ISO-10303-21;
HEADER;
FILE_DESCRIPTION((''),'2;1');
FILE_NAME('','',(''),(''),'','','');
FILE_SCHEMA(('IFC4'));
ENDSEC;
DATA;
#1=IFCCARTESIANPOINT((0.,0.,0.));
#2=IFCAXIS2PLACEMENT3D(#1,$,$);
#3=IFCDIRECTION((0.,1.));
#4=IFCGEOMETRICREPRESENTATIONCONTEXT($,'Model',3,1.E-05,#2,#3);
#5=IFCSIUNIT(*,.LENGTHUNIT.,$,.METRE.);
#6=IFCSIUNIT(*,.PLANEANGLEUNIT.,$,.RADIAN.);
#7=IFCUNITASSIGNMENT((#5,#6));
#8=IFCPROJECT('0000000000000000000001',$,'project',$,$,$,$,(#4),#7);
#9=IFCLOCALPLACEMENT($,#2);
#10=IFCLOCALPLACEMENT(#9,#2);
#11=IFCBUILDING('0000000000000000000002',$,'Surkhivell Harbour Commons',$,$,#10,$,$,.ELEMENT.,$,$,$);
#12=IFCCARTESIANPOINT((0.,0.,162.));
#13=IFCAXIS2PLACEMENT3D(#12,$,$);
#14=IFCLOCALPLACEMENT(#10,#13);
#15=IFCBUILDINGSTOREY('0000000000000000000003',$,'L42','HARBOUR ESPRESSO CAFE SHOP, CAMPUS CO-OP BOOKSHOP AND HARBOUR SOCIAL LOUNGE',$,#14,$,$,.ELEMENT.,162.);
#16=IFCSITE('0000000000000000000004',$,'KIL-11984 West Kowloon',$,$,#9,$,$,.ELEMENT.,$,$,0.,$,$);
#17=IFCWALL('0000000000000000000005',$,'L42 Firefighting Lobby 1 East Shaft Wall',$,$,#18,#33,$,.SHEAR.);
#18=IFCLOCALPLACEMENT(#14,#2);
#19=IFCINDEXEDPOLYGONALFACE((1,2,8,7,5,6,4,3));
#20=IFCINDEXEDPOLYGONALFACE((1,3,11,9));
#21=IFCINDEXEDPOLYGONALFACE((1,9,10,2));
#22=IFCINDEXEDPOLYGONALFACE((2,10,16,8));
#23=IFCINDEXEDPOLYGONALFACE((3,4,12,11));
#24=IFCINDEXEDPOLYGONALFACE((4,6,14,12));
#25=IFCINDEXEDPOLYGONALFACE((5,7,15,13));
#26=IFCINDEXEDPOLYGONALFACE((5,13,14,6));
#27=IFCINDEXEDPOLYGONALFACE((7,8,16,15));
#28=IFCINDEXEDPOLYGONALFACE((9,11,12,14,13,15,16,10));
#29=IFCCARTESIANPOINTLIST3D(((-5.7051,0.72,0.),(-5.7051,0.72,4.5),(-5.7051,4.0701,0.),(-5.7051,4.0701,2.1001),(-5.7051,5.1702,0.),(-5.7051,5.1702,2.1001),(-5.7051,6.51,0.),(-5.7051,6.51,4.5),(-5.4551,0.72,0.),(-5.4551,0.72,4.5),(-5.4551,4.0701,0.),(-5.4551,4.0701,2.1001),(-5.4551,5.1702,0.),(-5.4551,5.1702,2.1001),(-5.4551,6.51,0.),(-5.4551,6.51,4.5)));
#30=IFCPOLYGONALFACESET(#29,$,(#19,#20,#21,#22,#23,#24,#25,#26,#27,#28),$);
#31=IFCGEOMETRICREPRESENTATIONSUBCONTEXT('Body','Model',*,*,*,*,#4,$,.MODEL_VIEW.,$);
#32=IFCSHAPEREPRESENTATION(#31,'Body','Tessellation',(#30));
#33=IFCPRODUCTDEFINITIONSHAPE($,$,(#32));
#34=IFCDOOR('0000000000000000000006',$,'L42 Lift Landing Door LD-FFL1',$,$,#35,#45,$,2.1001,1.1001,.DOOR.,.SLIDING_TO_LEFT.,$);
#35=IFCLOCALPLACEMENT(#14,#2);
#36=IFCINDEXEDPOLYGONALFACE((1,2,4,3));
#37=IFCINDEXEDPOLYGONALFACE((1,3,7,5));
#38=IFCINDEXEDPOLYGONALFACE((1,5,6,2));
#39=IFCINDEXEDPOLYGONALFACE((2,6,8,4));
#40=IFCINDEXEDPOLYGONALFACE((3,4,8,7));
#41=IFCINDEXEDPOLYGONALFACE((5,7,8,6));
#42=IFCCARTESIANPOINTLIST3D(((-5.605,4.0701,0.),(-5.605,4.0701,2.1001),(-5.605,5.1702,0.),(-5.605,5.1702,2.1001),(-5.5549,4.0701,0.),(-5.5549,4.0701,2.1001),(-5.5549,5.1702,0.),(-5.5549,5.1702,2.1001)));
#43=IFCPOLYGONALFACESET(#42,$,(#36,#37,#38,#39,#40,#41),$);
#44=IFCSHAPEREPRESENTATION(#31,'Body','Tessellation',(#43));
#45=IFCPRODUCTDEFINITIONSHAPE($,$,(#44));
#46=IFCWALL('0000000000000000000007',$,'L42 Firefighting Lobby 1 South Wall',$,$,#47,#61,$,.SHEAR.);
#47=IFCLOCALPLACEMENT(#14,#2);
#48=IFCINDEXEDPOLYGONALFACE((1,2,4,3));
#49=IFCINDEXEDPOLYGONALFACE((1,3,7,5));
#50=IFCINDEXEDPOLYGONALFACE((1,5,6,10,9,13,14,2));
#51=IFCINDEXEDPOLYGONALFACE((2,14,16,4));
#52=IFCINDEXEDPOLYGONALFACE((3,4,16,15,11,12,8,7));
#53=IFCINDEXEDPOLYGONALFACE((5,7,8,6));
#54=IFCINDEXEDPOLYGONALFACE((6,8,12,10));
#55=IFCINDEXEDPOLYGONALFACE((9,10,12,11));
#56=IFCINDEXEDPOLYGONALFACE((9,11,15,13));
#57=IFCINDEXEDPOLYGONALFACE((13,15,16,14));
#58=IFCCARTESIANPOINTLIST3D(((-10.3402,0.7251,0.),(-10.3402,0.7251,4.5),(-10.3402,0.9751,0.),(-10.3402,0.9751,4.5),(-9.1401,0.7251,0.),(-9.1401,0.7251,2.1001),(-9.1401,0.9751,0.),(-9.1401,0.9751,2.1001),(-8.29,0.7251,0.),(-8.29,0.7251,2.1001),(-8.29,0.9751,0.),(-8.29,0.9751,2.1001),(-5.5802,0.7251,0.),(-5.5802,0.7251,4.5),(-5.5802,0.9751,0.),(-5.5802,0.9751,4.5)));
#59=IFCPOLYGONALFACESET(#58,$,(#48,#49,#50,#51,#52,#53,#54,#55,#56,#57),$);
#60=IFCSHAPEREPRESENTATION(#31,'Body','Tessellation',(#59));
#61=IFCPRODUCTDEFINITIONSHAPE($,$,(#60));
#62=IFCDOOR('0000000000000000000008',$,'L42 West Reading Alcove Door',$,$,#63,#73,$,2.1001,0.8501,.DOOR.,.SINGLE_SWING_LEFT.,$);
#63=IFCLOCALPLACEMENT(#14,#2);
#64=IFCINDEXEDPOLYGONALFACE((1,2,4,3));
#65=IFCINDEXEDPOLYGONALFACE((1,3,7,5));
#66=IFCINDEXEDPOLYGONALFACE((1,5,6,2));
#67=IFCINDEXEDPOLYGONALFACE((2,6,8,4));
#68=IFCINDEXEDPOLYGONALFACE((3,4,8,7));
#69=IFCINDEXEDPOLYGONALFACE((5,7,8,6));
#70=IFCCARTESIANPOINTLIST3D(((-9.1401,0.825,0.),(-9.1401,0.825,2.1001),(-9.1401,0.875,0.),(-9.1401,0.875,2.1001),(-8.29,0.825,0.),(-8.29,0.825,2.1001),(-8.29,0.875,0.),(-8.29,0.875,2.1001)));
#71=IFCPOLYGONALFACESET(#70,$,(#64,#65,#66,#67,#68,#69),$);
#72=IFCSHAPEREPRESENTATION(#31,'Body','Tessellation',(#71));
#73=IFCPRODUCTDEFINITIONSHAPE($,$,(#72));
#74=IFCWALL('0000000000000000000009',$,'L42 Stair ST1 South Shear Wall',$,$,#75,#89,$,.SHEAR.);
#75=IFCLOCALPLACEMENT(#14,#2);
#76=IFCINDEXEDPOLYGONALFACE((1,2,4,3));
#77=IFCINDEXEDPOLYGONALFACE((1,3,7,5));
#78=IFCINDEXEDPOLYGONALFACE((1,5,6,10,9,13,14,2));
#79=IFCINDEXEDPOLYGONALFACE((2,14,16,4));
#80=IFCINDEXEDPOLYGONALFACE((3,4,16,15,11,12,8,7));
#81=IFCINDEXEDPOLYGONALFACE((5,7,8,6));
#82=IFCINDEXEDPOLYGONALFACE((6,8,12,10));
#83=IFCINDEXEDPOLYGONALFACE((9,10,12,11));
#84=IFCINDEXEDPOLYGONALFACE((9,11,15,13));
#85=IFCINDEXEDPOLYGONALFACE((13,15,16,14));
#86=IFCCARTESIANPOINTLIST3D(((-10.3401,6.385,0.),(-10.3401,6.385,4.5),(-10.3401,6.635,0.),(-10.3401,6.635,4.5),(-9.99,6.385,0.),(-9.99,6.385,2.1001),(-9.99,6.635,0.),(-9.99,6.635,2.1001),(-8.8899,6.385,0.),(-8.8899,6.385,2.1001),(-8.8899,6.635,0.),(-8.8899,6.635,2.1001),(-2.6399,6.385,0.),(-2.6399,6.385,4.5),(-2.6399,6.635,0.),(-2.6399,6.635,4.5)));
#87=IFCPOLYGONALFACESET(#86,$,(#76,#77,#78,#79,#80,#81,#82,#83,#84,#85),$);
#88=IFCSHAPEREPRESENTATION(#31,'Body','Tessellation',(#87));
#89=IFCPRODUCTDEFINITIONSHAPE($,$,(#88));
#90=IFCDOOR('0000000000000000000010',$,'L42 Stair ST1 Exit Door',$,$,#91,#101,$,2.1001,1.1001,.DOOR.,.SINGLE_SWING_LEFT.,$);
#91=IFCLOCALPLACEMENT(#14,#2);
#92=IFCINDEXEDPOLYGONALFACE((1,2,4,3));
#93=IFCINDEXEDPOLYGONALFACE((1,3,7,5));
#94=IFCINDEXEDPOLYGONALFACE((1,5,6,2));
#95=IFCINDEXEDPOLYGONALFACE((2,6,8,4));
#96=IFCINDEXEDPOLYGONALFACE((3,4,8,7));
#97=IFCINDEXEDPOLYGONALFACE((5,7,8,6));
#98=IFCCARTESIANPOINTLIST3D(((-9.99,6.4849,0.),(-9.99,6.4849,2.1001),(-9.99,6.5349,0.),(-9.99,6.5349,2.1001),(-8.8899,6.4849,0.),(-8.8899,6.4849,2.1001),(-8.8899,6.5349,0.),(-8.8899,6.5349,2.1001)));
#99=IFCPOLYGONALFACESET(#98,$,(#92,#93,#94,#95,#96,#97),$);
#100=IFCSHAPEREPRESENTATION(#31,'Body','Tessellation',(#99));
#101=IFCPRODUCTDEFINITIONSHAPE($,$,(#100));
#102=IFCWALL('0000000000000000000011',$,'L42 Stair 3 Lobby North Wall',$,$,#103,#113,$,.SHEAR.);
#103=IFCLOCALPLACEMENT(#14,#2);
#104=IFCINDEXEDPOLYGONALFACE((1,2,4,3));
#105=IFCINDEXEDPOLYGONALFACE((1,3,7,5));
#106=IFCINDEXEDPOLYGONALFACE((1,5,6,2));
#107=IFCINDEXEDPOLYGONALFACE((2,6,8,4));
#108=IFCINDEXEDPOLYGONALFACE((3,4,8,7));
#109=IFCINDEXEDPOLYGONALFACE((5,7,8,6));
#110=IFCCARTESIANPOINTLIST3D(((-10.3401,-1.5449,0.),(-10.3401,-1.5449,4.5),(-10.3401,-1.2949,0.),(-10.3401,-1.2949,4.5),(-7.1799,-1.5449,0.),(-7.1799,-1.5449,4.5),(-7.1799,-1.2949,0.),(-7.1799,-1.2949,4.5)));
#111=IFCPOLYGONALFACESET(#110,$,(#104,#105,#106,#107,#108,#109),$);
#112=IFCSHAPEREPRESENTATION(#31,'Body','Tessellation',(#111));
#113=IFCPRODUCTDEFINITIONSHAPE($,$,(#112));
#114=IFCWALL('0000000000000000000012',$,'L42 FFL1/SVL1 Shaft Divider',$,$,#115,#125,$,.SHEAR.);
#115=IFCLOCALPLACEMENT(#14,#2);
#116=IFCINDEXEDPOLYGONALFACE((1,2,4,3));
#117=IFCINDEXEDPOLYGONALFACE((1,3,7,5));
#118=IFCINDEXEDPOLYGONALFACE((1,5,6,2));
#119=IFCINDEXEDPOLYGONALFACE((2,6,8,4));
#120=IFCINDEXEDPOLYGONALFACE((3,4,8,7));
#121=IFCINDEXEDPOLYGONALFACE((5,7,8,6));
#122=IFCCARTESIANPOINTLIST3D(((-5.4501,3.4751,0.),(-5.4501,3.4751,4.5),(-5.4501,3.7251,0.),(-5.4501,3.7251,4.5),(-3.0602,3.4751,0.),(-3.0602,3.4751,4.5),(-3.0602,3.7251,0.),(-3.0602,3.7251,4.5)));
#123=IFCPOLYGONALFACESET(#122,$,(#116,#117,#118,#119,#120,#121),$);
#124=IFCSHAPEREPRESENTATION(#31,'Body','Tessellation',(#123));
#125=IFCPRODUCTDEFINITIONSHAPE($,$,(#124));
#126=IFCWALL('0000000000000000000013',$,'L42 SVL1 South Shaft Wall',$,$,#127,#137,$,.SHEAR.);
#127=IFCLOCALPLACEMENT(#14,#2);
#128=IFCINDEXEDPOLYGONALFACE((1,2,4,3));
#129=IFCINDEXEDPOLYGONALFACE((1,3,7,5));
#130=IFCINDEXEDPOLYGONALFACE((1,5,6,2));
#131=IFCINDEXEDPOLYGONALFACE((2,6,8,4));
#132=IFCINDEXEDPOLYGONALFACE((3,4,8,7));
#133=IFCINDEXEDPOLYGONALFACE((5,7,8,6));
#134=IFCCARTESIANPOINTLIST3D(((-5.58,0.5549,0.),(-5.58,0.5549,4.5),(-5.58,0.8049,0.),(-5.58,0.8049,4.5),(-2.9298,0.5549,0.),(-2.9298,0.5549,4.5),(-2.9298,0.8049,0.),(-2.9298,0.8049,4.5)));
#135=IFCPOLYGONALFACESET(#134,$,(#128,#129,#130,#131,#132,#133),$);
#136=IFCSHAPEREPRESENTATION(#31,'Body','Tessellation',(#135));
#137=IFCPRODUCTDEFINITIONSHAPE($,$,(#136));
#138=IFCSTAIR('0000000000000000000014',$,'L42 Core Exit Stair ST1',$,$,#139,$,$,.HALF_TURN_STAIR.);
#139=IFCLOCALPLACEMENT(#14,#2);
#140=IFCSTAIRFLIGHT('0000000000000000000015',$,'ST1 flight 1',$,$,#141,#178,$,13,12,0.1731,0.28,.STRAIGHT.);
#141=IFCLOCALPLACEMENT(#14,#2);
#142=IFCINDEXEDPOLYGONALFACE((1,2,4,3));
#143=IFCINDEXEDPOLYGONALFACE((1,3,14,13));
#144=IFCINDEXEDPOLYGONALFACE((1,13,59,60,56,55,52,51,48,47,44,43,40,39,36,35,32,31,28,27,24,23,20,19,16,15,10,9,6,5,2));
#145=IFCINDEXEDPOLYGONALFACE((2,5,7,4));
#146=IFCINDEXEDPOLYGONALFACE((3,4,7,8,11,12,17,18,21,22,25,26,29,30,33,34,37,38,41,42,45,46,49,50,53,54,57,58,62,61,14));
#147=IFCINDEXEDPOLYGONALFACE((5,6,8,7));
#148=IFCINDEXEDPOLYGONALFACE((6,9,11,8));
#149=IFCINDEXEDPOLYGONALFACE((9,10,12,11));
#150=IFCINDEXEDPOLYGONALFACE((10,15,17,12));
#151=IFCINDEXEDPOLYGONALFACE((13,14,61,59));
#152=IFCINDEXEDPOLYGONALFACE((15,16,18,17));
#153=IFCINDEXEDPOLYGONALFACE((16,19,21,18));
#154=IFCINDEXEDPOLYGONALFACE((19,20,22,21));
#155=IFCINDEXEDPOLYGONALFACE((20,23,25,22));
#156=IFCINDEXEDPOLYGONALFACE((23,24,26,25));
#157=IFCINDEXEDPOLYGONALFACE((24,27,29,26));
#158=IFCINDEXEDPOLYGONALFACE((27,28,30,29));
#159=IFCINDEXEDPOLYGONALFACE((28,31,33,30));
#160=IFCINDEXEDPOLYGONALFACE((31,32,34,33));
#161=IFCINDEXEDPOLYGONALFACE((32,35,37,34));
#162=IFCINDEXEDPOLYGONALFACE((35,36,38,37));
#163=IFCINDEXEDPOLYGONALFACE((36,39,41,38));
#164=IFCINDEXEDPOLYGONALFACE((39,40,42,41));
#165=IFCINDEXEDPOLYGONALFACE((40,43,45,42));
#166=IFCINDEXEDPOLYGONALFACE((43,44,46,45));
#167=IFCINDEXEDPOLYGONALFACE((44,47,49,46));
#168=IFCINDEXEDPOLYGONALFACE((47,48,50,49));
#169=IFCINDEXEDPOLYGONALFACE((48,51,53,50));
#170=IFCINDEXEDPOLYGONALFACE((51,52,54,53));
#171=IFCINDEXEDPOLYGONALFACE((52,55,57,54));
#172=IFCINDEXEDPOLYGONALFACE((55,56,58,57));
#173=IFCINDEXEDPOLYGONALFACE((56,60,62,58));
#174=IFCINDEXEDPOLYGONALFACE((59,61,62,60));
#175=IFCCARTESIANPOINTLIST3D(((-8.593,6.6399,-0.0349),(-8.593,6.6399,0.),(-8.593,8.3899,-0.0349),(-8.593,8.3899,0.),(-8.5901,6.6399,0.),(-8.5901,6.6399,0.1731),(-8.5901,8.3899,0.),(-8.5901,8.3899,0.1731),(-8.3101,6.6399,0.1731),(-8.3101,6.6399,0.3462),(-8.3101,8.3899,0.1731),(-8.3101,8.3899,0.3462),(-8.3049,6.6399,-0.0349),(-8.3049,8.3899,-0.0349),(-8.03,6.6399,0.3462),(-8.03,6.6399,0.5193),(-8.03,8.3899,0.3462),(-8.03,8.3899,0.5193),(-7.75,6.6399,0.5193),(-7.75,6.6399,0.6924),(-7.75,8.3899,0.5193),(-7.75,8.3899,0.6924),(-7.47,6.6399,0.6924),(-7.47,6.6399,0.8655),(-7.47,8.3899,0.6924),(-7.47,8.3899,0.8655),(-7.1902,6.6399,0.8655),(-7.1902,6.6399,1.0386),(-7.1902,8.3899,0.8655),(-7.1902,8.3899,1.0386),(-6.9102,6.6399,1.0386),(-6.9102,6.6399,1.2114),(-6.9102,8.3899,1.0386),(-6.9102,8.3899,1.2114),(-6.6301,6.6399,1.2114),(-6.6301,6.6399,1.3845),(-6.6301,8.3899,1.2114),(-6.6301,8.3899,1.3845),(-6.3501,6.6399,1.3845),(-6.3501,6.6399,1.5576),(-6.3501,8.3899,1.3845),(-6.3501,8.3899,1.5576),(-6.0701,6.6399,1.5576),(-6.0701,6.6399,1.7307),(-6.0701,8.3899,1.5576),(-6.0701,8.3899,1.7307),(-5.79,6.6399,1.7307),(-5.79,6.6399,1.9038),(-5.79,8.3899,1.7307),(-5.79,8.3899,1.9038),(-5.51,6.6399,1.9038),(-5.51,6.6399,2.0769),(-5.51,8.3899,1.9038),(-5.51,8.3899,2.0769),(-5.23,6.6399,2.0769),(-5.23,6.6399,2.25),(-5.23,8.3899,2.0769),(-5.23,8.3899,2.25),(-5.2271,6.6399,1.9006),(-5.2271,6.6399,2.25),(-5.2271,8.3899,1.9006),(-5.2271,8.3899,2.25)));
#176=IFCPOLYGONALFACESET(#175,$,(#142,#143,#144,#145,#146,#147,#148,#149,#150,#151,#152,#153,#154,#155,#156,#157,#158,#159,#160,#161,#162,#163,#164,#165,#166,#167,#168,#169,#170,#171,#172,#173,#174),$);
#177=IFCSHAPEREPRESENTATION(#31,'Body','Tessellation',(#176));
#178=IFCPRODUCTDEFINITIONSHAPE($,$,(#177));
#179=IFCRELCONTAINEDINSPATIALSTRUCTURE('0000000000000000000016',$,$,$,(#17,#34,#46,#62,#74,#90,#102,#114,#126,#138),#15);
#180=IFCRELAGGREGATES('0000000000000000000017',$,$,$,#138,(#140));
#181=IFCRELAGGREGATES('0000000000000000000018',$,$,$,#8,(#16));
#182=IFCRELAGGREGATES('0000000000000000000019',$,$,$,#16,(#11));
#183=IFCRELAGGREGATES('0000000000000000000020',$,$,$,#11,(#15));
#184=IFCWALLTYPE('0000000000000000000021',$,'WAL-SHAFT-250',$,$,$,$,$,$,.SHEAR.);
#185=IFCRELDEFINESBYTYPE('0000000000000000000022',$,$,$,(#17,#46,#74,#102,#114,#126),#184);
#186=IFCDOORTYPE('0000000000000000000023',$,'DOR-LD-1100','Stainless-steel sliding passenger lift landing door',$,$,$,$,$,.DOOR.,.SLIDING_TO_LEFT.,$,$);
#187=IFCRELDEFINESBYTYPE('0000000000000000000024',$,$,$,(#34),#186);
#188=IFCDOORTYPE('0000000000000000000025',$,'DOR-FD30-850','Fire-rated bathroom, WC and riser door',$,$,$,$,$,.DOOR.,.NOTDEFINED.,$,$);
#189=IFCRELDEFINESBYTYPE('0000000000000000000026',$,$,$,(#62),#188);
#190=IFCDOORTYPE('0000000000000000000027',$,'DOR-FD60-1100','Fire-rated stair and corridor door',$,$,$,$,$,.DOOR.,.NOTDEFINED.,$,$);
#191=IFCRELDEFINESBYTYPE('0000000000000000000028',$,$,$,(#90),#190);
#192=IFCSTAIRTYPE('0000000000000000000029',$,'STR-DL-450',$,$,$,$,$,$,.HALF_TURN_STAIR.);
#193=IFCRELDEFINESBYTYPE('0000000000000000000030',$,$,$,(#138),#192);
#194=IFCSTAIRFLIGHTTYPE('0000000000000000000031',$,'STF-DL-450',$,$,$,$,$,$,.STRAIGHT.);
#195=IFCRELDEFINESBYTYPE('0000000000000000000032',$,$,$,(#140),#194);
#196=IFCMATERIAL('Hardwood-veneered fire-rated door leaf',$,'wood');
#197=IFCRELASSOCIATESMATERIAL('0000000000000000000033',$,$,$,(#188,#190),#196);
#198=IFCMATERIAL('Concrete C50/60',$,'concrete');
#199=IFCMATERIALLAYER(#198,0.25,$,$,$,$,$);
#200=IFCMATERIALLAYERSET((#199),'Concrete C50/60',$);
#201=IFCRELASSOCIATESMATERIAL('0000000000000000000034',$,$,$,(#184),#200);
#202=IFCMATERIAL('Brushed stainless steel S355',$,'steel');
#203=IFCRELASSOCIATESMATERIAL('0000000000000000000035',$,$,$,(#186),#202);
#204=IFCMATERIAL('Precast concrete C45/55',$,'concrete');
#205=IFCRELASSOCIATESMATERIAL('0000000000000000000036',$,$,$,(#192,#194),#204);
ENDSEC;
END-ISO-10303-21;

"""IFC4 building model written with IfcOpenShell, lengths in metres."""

from ifc_helpers import new_model, si_unit, direction, frame, frame_2d, origin, place, context, subcontext, project, spatial, polyline, rectangle, outline, extrude, material, layer, layer_set, type_object, element, fill, aggregate, save


model = new_model("IFC4")

# Units and contexts
model_context = context("Model", 3, precision=1e-05, world=origin(), true_north=direction((0.0, 1.0)))
body_context = subcontext(model_context, "Body", "Model", "MODEL_VIEW")
ifc_project = project(units=[si_unit("LENGTHUNIT", "METRE"), si_unit("PLANEANGLEUNIT", "RADIAN")], contexts=[model_context])

# Site, building, storey
site_placement = place(None, origin())
site = spatial("IfcSite", under=ifc_project, at=site_placement, Name="KIL-11984 West Kowloon", CompositionType="ELEMENT", RefElevation=0.0)
building_placement = place(site_placement, origin())
building = spatial("IfcBuilding", under=site, at=building_placement, Name="Surkhivell Harbour Commons", CompositionType="ELEMENT")
storey_placement = place(building_placement, frame((0.0, 0.0, 162.0)))
storey = spatial("IfcBuildingStorey", under=building, at=storey_placement, Name="L42", Description="HARBOUR ESPRESSO CAFE SHOP, CAMPUS CO-OP BOOKSHOP AND HARBOUR SOCIAL LOUNGE", CompositionType="ELEMENT", Elevation=162.0)

# Shared definitions
ifc_material_1 = material(Name="Hardwood-veneered fire-rated door leaf", Category="wood")

# Shared definitions
door_type_1 = type_object("IfcDoorType", Name="DOR-FD30-850", Description="Fire-rated bathroom, WC and riser door", OperationType="NOTDEFINED", PredefinedType="DOOR", material=ifc_material_1)

# Walls, openings, doors
ifc_material_2 = material(Name="Concrete C50/60", Category="concrete")
ifc_layer_1 = layer(ifc_material_2, 0.25)
ifc_layer_set_1 = layer_set([ifc_layer_1], Name="Concrete C50/60")
wall_type_1 = type_object("IfcWallType", Name="WAL-SHAFT-250", PredefinedType="SHEAR", material=ifc_layer_set_1)
wall_1_placement = place(storey_placement, frame((-5.5801, 0.72, 0.0), z_axis=(0.0, 0.0, 1.0), x_axis=(0.0, 1.0, 0.0)))
wall_1 = element("IfcWall", 1, at=wall_1_placement, inside=storey, type_object=wall_type_1, Name="L42 Firefighting Lobby 1 East Shaft Wall", PredefinedType="SHEAR", context=body_context, shape_type="SweptSolid", body=[
    extrude(rectangle(XDim=5.79, YDim=0.25, at=frame_2d((2.895, 0.0))), origin(), (0.0, 0.0, 1.0), 4.5),
])
opening_1_placement = place(wall_1_placement, frame((3.3501, 0.0, 0.0)))
opening_1 = element("IfcOpeningElement", 2, at=opening_1_placement, cuts=wall_1, PredefinedType="OPENING", context=body_context, shape_type="SweptSolid", body=[
    extrude(rectangle(XDim=1.1001, YDim=2.1001, at=frame_2d((0.55, 1.05))), frame((0.0, 0.135, 0.0), z_axis=(0.0, -1.0, 0.0), x_axis=(1.0, 0.0, 0.0)), (0.0, 0.0, 1.0), 0.27),
])
ifc_material_3 = material(Name="Brushed stainless steel S355", Category="steel")
door_type_2 = type_object("IfcDoorType", Name="DOR-LD-1100", Description="Stainless-steel sliding passenger lift landing door", OperationType="SLIDING_TO_LEFT", PredefinedType="DOOR", material=ifc_material_3)
door_1_placement = place(opening_1_placement, origin())
door_1 = element("IfcDoor", 3, at=door_1_placement, inside=storey, type_object=door_type_2, Name="L42 Lift Landing Door LD-FFL1", OperationType="SLIDING_TO_LEFT", OverallHeight=2.1001, OverallWidth=1.1001, PredefinedType="DOOR", context=body_context, shape_type="SweptSolid", body=[
    extrude(rectangle(XDim=1.1001, YDim=2.1001, at=frame_2d((0.55, 1.05))), frame((0.0, 0.0249, 0.0), z_axis=(0.0, -1.0, 0.0), x_axis=(1.0, 0.0, 0.0)), (0.0, 0.0, 1.0), 0.05),
])
fill(opening_1, door_1)
wall_2_placement = place(storey_placement, frame((-10.3401, 0.8501, 0.0), z_axis=(0.0, 0.0, 1.0), x_axis=(1.0, 0.0, 0.0)))
wall_2 = element("IfcWall", 4, at=wall_2_placement, inside=storey, type_object=wall_type_1, Name="L42 Firefighting Lobby 1 South Wall", PredefinedType="SHEAR", context=body_context, shape_type="SweptSolid", body=[
    extrude(rectangle(XDim=4.76, YDim=0.25, at=frame_2d((2.3799, 0.0))), origin(), (0.0, 0.0, 1.0), 4.5),
])
opening_2_placement = place(wall_2_placement, frame((1.2, 0.0, 0.0)))
opening_2 = element("IfcOpeningElement", 5, at=opening_2_placement, cuts=wall_2, PredefinedType="OPENING", context=body_context, shape_type="SweptSolid", body=[
    extrude(rectangle(XDim=0.8501, YDim=2.1001, at=frame_2d((0.425, 1.05))), frame((0.0, 0.135, 0.0), z_axis=(0.0, -1.0, 0.0), x_axis=(1.0, 0.0, 0.0)), (0.0, 0.0, 1.0), 0.27),
])
door_2_placement = place(opening_2_placement, origin())
door_2 = element("IfcDoor", 6, at=door_2_placement, inside=storey, type_object=door_type_1, Name="L42 West Reading Alcove Door", OperationType="SINGLE_SWING_LEFT", OverallHeight=2.1001, OverallWidth=0.8501, PredefinedType="DOOR", context=body_context, shape_type="SweptSolid", body=[
    extrude(rectangle(XDim=0.8501, YDim=2.1001, at=frame_2d((0.425, 1.05))), frame((0.0, 0.0249, 0.0), z_axis=(0.0, -1.0, 0.0), x_axis=(1.0, 0.0, 0.0)), (0.0, 0.0, 1.0), 0.05),
])
fill(opening_2, door_2)
wall_3_placement = place(storey_placement, frame((-10.3401, 6.51, 0.0), z_axis=(0.0, 0.0, 1.0), x_axis=(1.0, 0.0, 0.0)))
wall_3 = element("IfcWall", 7, at=wall_3_placement, inside=storey, type_object=wall_type_1, Name="L42 Stair ST1 South Shear Wall", PredefinedType="SHEAR", context=body_context, shape_type="SweptSolid", body=[
    extrude(rectangle(XDim=7.7002, YDim=0.25, at=frame_2d((3.8501, 0.0))), origin(), (0.0, 0.0, 1.0), 4.5),
])
opening_3_placement = place(wall_3_placement, frame((0.3501, 0.0, 0.0)))
opening_3 = element("IfcOpeningElement", 8, at=opening_3_placement, cuts=wall_3, PredefinedType="OPENING", context=body_context, shape_type="SweptSolid", body=[
    extrude(rectangle(XDim=1.1001, YDim=2.1001, at=frame_2d((0.55, 1.05))), frame((0.0, 0.135, 0.0), z_axis=(0.0, -1.0, 0.0), x_axis=(1.0, 0.0, 0.0)), (0.0, 0.0, 1.0), 0.27),
])
door_type_3 = type_object("IfcDoorType", Name="DOR-FD60-1100", Description="Fire-rated stair and corridor door", OperationType="NOTDEFINED", PredefinedType="DOOR", material=ifc_material_1)
door_3_placement = place(opening_3_placement, origin())
door_3 = element("IfcDoor", 9, at=door_3_placement, inside=storey, type_object=door_type_3, Name="L42 Stair ST1 Exit Door", OperationType="SINGLE_SWING_LEFT", OverallHeight=2.1001, OverallWidth=1.1001, PredefinedType="DOOR", context=body_context, shape_type="SweptSolid", body=[
    extrude(rectangle(XDim=1.1001, YDim=2.1001, at=frame_2d((0.55, 1.05))), frame((0.0, 0.0249, 0.0), z_axis=(0.0, -1.0, 0.0), x_axis=(1.0, 0.0, 0.0)), (0.0, 0.0, 1.0), 0.05),
])
fill(opening_3, door_3)

# Walls
wall_4_placement = place(storey_placement, frame((-10.3401, -1.4199, 0.0), z_axis=(0.0, 0.0, 1.0), x_axis=(1.0, 0.0, 0.0)))
element("IfcWall", 10, at=wall_4_placement, inside=storey, type_object=wall_type_1, Name="L42 Stair 3 Lobby North Wall", PredefinedType="SHEAR", context=body_context, shape_type="SweptSolid", body=[
    extrude(rectangle(XDim=3.1602, YDim=0.25, at=frame_2d((1.5801, 0.0))), origin(), (0.0, 0.0, 1.0), 4.5),
])
wall_5_placement = place(storey_placement, frame((-5.45, 3.6001, 0.0), z_axis=(0.0, 0.0, 1.0), x_axis=(1.0, 0.0, 0.0)))
element("IfcWall", 11, at=wall_5_placement, inside=storey, type_object=wall_type_1, Name="L42 FFL1/SVL1 Shaft Divider", PredefinedType="SHEAR", context=body_context, shape_type="SweptSolid", body=[
    extrude(rectangle(XDim=2.3899, YDim=0.25, at=frame_2d((1.1948, 0.0))), origin(), (0.0, 0.0, 1.0), 4.5),
])
wall_6_placement = place(storey_placement, frame((-5.5801, 0.6799, 0.0), z_axis=(0.0, 0.0, 1.0), x_axis=(1.0, 0.0, 0.0)))
element("IfcWall", 12, at=wall_6_placement, inside=storey, type_object=wall_type_1, Name="L42 SVL1 South Shaft Wall", PredefinedType="SHEAR", context=body_context, shape_type="SweptSolid", body=[
    extrude(rectangle(XDim=2.6501, YDim=0.25, at=frame_2d((1.3252, 0.0))), origin(), (0.0, 0.0, 1.0), 4.5),
])

# Stair, stair flight
ifc_material_4 = material(Name="Precast concrete C45/55", Category="concrete")
stair_type = type_object("IfcStairType", Name="STR-DL-450", PredefinedType="HALF_TURN_STAIR", material=ifc_material_4)
stair_placement = place(storey_placement, origin())
stair = element("IfcStair", 13, at=stair_placement, inside=storey, type_object=stair_type, Name="L42 Core Exit Stair ST1", PredefinedType="HALF_TURN_STAIR")
stair_flight_type = type_object("IfcStairFlightType", Name="STF-DL-450", PredefinedType="STRAIGHT", material=ifc_material_4)
stair_flight_1_placement = place(storey_placement, frame((-8.5901, 7.5149, 0.0), z_axis=(0.0, 0.0, 1.0), x_axis=(1.0, 0.0, 0.0)))
stair_flight_1 = element("IfcStairFlight", 14, at=stair_flight_1_placement, type_object=stair_flight_type, Name="ST1 flight 1", NumberOfRisers=13, NumberOfTreads=12, PredefinedType="STRAIGHT", RiserHeight=0.1731, TreadLength=0.28, context=body_context, shape_type="SweptSolid", body=[
    extrude(outline(polyline([(-0.0029, -0.0349), (-0.0029, 0.0), (0.0, 0.0), (0.0, 0.1731), (0.28, 0.1731), (0.28, 0.3462), (0.5601, 0.3462), (0.5601, 0.5193), (0.8401, 0.5193), (0.8401, 0.6924), (1.1201, 0.6924), (1.1201, 0.8655), (1.3999, 0.8655), (1.3999, 1.0386), (1.6799, 1.0386), (1.6799, 1.2114), (1.96, 1.2114), (1.96, 1.3845), (2.24, 1.3845), (2.24, 1.5576), (2.52, 1.5576), (2.52, 1.7307), (2.8, 1.7307), (2.8, 1.9038), (3.0801, 1.9038), (3.0801, 2.0769), (3.3601, 2.0769), (3.3601, 2.25), (3.363, 2.25), (3.363, 1.9006), (0.2852, -0.0349), (-0.0029, -0.0349)])), frame((0.0, 0.875, 0.0), z_axis=(0.0, -1.0, 0.0), x_axis=(1.0, 0.0, 0.0)), (0.0, 0.0, 1.0), 1.75),
])
aggregate(stair, [stair_flight_1])

save(model, "model.ifc")
